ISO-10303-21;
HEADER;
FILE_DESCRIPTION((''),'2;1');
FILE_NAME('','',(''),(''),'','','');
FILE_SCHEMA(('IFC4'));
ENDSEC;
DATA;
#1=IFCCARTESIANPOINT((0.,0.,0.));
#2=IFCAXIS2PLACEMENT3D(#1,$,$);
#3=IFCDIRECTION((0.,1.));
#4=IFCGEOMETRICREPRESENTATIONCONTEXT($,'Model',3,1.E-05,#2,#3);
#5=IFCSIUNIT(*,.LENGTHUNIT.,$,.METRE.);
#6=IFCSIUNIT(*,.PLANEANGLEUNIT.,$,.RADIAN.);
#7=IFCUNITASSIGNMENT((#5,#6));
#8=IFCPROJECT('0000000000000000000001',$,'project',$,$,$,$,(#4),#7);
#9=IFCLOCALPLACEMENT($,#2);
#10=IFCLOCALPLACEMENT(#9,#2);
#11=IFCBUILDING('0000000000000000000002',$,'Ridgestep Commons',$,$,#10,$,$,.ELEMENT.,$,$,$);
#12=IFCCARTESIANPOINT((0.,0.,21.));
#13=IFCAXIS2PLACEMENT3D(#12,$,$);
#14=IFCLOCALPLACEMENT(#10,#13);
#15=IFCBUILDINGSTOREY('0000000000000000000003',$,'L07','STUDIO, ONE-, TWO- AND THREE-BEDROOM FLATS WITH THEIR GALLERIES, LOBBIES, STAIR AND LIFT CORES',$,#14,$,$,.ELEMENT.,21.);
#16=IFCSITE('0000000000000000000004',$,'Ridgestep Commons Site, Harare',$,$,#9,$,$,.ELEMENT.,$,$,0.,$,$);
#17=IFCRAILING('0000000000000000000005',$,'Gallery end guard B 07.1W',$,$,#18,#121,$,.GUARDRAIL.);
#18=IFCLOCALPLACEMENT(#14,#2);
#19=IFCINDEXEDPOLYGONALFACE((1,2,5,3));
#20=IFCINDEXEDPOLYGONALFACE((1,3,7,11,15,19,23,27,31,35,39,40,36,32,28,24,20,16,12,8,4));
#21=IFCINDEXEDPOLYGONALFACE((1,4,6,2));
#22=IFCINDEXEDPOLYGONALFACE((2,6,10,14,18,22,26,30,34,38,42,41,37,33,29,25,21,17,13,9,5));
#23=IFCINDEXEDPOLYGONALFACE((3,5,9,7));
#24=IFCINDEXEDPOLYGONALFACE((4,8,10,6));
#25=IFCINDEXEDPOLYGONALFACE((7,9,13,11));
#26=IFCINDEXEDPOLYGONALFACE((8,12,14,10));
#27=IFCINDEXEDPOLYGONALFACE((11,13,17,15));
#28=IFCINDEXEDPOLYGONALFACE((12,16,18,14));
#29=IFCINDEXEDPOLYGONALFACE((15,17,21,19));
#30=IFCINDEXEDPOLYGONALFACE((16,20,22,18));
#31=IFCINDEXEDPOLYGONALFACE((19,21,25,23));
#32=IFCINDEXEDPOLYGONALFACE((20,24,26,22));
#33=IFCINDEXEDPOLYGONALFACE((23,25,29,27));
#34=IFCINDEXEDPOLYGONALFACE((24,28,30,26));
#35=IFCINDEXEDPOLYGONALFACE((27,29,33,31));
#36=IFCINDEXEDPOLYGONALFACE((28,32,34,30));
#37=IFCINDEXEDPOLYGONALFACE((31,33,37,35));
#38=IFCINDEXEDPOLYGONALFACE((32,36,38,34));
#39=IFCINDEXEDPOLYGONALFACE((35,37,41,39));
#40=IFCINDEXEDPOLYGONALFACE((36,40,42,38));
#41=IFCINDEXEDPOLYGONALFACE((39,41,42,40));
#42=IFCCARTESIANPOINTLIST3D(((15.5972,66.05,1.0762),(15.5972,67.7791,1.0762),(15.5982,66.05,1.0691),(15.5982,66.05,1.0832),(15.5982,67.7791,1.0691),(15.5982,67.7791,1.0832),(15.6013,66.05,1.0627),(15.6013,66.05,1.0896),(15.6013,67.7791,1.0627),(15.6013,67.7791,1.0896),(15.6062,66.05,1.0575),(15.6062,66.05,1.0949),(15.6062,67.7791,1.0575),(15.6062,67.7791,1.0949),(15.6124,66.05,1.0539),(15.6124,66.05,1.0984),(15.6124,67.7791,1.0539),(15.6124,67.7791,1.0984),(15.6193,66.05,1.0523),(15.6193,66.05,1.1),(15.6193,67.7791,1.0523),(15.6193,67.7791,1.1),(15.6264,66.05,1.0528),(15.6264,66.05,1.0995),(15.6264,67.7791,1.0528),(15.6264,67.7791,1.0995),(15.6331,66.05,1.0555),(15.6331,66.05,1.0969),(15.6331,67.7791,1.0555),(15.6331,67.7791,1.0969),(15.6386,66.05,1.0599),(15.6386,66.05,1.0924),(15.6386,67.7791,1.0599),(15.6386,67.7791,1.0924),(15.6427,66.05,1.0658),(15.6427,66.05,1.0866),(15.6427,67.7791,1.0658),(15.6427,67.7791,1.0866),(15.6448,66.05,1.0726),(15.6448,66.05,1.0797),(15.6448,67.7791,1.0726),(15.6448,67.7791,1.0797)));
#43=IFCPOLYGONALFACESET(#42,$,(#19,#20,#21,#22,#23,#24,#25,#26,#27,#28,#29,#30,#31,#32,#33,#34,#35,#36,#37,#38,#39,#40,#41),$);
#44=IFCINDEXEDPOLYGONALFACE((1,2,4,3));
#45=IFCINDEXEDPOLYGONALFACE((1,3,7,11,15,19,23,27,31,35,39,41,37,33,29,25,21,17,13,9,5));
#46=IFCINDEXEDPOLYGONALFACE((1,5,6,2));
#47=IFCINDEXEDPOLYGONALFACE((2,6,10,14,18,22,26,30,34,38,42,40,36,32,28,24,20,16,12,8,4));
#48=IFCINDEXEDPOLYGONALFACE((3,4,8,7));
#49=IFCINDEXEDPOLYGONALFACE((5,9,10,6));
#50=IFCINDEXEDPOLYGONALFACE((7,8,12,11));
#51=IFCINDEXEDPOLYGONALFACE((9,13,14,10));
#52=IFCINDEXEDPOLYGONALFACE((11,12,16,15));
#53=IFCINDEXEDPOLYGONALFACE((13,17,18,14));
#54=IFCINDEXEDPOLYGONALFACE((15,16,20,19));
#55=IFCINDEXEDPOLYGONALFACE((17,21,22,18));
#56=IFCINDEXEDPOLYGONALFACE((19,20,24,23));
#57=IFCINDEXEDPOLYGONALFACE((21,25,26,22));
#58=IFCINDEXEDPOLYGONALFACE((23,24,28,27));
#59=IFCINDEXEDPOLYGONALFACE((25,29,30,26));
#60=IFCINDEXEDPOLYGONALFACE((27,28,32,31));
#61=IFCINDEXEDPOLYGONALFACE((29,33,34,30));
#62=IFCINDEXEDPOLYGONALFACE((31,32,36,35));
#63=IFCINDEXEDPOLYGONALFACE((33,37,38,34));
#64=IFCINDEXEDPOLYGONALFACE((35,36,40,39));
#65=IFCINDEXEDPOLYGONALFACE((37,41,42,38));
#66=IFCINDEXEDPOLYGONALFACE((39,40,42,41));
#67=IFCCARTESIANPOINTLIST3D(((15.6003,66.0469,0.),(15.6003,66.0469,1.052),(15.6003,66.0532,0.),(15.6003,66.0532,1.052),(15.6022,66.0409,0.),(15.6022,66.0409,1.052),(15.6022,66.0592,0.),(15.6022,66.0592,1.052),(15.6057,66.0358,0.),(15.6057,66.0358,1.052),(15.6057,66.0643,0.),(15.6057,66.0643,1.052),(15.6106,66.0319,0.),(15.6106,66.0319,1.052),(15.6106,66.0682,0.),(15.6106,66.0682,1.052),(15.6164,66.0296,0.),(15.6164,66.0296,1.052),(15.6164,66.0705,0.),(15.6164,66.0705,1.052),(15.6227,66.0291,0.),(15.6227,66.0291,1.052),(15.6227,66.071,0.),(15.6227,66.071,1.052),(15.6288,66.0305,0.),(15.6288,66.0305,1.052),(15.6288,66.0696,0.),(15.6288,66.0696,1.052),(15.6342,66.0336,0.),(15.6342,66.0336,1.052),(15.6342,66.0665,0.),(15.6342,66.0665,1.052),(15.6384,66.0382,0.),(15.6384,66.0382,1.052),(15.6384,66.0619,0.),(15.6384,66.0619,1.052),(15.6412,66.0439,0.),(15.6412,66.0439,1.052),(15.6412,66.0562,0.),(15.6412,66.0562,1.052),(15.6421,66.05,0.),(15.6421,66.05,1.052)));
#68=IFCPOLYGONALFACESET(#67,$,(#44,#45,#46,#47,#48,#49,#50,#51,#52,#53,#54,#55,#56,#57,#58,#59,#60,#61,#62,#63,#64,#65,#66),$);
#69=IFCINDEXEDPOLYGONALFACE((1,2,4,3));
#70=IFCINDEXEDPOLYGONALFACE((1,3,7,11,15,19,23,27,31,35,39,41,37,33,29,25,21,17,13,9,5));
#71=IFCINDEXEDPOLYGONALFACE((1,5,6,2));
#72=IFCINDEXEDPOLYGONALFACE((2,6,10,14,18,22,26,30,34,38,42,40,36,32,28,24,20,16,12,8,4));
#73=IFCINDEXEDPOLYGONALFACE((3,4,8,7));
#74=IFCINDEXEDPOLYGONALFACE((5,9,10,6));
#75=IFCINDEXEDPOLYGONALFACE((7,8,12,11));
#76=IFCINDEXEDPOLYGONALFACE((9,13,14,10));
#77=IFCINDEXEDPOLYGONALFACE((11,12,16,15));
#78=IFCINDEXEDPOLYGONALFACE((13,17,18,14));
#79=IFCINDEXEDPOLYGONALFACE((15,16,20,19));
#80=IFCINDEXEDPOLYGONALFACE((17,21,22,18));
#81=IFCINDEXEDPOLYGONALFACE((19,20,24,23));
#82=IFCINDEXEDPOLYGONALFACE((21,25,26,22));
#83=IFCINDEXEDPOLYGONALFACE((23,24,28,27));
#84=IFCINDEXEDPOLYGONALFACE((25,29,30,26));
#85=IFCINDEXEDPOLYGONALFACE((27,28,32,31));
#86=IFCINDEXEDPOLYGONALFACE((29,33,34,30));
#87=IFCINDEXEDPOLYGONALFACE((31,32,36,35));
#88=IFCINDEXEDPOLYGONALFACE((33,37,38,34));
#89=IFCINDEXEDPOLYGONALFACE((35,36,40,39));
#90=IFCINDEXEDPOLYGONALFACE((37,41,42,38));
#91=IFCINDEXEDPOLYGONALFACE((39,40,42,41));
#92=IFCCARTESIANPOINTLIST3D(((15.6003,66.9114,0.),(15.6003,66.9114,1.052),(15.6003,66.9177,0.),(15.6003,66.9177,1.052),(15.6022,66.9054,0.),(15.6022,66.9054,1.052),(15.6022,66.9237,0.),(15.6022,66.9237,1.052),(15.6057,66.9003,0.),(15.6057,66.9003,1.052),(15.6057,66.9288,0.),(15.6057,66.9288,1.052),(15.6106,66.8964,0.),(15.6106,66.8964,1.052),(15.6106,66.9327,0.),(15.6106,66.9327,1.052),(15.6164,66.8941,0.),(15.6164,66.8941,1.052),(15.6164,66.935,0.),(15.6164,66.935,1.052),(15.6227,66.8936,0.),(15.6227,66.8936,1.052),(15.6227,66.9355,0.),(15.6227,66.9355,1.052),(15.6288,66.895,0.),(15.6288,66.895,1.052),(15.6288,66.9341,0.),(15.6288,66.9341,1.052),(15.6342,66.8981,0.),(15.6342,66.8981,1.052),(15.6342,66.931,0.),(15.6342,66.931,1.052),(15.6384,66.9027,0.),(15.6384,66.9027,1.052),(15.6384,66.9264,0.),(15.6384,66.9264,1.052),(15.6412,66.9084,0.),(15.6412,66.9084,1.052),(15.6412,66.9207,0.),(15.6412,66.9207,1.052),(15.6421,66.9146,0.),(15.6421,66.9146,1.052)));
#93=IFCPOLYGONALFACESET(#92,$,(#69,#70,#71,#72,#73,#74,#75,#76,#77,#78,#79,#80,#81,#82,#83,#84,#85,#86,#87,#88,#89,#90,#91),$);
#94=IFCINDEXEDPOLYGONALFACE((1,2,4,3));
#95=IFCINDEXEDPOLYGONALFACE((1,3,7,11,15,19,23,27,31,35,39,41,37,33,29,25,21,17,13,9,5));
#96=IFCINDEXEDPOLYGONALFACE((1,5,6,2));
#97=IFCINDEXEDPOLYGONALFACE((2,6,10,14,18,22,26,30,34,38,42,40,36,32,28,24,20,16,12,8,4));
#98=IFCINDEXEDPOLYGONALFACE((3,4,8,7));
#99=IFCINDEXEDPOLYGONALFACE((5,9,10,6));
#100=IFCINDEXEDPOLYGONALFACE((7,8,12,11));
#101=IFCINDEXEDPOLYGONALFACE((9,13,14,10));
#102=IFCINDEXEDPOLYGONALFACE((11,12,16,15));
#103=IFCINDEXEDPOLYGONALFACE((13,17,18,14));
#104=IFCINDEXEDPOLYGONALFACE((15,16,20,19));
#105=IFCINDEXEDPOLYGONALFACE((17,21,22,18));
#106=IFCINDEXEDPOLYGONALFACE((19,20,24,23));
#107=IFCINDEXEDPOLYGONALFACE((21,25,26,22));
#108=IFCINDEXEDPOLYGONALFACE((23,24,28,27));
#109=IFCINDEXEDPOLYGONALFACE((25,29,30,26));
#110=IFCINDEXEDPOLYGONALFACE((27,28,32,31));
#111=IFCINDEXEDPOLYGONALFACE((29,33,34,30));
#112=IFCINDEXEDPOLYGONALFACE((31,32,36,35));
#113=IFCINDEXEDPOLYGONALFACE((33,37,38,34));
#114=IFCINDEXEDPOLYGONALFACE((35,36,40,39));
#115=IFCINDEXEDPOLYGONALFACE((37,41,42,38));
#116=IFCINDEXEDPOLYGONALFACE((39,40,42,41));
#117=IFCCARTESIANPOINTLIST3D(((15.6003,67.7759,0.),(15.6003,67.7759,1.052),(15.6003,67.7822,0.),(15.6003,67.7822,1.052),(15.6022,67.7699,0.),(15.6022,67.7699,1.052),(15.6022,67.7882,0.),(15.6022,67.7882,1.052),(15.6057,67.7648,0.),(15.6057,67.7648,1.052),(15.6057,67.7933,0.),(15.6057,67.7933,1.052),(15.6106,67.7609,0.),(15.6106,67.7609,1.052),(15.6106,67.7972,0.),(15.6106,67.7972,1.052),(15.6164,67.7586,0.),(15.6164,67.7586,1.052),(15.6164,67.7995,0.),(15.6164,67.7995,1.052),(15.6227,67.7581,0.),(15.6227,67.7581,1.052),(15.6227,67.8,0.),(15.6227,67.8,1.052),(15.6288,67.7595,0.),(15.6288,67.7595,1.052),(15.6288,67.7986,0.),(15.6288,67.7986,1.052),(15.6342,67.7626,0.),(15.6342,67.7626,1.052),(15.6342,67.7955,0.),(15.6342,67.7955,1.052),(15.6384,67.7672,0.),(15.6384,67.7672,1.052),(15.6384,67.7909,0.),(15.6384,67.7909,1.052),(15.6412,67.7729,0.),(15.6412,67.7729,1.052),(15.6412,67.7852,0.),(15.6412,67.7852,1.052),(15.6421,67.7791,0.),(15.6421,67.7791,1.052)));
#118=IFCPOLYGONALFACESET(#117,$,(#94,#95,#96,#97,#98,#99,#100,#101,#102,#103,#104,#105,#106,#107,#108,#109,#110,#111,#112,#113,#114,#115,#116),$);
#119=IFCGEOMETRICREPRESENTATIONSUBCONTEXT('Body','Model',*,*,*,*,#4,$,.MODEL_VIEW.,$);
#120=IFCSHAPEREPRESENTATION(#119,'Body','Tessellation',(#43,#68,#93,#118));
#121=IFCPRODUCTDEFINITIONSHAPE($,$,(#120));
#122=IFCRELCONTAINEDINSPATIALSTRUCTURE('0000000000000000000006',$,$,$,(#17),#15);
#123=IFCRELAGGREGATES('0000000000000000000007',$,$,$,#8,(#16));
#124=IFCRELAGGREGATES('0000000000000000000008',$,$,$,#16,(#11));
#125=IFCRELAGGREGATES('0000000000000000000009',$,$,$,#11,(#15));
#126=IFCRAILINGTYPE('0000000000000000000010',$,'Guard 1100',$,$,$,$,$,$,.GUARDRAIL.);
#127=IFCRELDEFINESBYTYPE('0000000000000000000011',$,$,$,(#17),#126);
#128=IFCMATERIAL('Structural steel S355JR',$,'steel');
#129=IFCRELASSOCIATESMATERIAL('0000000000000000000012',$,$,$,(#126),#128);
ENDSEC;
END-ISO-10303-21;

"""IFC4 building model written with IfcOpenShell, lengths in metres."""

from ifc_helpers import new_model, si_unit, direction, frame, origin, origin_2d, place, context, subcontext, project, spatial, circle, extrude, material, type_object, element, save


model = new_model("IFC4")

# Units and contexts
model_context = context("Model", 3, precision=1e-05, world=origin(), true_north=direction((0.0, 1.0)))
body_context = subcontext(model_context, "Body", "Model", "MODEL_VIEW")
ifc_project = project(units=[si_unit("LENGTHUNIT", "METRE"), si_unit("PLANEANGLEUNIT", "RADIAN")], contexts=[model_context])

# Site, building, storey
site_placement = place(None, origin())
site = spatial("IfcSite", under=ifc_project, at=site_placement, Name="Ridgestep Commons Site, Harare", CompositionType="ELEMENT", RefElevation=0.0)
building_placement = place(site_placement, origin())
building = spatial("IfcBuilding", under=site, at=building_placement, Name="Ridgestep Commons", CompositionType="ELEMENT")
storey_placement = place(building_placement, frame((0.0, 0.0, 21.0)))
storey = spatial("IfcBuildingStorey", under=building, at=storey_placement, Name="L07", Description="STUDIO, ONE-, TWO- AND THREE-BEDROOM FLATS WITH THEIR GALLERIES, LOBBIES, STAIR AND LIFT CORES", CompositionType="ELEMENT", Elevation=21.0)

# Railing
ifc_material_1 = material(Name="Structural steel S355JR", Category="steel")
railing_type_1 = type_object("IfcRailingType", Name="Guard 1100", PredefinedType="GUARDRAIL", material=ifc_material_1)
railing_1_placement = place(storey_placement, frame((15.6211, 66.05, 0.0)))
element("IfcRailing", 1, at=railing_1_placement, inside=storey, type_object=railing_type_1, Name="Gallery end guard B 07.1W", PredefinedType="GUARDRAIL", context=body_context, shape_type="SweptSolid", body=[
    extrude(circle(Radius=0.0239, at=origin_2d()), frame((0.0, 0.0, 1.0762), z_axis=(0.0, 1.0, 0.0), x_axis=(-1.0, 0.0, 0.0)), (0.0, 0.0, 1.0), 1.729),
    extrude(circle(Radius=0.021, at=origin_2d()), origin(), (0.0, 0.0, 1.0), 1.052),
    extrude(circle(Radius=0.021, at=origin_2d()), frame((0.0, 0.8645, 0.0)), (0.0, 0.0, 1.0), 1.052),
    extrude(circle(Radius=0.021, at=origin_2d()), frame((0.0, 1.729, 0.0)), (0.0, 0.0, 1.0), 1.052),
])

save(model, "model.ifc")
